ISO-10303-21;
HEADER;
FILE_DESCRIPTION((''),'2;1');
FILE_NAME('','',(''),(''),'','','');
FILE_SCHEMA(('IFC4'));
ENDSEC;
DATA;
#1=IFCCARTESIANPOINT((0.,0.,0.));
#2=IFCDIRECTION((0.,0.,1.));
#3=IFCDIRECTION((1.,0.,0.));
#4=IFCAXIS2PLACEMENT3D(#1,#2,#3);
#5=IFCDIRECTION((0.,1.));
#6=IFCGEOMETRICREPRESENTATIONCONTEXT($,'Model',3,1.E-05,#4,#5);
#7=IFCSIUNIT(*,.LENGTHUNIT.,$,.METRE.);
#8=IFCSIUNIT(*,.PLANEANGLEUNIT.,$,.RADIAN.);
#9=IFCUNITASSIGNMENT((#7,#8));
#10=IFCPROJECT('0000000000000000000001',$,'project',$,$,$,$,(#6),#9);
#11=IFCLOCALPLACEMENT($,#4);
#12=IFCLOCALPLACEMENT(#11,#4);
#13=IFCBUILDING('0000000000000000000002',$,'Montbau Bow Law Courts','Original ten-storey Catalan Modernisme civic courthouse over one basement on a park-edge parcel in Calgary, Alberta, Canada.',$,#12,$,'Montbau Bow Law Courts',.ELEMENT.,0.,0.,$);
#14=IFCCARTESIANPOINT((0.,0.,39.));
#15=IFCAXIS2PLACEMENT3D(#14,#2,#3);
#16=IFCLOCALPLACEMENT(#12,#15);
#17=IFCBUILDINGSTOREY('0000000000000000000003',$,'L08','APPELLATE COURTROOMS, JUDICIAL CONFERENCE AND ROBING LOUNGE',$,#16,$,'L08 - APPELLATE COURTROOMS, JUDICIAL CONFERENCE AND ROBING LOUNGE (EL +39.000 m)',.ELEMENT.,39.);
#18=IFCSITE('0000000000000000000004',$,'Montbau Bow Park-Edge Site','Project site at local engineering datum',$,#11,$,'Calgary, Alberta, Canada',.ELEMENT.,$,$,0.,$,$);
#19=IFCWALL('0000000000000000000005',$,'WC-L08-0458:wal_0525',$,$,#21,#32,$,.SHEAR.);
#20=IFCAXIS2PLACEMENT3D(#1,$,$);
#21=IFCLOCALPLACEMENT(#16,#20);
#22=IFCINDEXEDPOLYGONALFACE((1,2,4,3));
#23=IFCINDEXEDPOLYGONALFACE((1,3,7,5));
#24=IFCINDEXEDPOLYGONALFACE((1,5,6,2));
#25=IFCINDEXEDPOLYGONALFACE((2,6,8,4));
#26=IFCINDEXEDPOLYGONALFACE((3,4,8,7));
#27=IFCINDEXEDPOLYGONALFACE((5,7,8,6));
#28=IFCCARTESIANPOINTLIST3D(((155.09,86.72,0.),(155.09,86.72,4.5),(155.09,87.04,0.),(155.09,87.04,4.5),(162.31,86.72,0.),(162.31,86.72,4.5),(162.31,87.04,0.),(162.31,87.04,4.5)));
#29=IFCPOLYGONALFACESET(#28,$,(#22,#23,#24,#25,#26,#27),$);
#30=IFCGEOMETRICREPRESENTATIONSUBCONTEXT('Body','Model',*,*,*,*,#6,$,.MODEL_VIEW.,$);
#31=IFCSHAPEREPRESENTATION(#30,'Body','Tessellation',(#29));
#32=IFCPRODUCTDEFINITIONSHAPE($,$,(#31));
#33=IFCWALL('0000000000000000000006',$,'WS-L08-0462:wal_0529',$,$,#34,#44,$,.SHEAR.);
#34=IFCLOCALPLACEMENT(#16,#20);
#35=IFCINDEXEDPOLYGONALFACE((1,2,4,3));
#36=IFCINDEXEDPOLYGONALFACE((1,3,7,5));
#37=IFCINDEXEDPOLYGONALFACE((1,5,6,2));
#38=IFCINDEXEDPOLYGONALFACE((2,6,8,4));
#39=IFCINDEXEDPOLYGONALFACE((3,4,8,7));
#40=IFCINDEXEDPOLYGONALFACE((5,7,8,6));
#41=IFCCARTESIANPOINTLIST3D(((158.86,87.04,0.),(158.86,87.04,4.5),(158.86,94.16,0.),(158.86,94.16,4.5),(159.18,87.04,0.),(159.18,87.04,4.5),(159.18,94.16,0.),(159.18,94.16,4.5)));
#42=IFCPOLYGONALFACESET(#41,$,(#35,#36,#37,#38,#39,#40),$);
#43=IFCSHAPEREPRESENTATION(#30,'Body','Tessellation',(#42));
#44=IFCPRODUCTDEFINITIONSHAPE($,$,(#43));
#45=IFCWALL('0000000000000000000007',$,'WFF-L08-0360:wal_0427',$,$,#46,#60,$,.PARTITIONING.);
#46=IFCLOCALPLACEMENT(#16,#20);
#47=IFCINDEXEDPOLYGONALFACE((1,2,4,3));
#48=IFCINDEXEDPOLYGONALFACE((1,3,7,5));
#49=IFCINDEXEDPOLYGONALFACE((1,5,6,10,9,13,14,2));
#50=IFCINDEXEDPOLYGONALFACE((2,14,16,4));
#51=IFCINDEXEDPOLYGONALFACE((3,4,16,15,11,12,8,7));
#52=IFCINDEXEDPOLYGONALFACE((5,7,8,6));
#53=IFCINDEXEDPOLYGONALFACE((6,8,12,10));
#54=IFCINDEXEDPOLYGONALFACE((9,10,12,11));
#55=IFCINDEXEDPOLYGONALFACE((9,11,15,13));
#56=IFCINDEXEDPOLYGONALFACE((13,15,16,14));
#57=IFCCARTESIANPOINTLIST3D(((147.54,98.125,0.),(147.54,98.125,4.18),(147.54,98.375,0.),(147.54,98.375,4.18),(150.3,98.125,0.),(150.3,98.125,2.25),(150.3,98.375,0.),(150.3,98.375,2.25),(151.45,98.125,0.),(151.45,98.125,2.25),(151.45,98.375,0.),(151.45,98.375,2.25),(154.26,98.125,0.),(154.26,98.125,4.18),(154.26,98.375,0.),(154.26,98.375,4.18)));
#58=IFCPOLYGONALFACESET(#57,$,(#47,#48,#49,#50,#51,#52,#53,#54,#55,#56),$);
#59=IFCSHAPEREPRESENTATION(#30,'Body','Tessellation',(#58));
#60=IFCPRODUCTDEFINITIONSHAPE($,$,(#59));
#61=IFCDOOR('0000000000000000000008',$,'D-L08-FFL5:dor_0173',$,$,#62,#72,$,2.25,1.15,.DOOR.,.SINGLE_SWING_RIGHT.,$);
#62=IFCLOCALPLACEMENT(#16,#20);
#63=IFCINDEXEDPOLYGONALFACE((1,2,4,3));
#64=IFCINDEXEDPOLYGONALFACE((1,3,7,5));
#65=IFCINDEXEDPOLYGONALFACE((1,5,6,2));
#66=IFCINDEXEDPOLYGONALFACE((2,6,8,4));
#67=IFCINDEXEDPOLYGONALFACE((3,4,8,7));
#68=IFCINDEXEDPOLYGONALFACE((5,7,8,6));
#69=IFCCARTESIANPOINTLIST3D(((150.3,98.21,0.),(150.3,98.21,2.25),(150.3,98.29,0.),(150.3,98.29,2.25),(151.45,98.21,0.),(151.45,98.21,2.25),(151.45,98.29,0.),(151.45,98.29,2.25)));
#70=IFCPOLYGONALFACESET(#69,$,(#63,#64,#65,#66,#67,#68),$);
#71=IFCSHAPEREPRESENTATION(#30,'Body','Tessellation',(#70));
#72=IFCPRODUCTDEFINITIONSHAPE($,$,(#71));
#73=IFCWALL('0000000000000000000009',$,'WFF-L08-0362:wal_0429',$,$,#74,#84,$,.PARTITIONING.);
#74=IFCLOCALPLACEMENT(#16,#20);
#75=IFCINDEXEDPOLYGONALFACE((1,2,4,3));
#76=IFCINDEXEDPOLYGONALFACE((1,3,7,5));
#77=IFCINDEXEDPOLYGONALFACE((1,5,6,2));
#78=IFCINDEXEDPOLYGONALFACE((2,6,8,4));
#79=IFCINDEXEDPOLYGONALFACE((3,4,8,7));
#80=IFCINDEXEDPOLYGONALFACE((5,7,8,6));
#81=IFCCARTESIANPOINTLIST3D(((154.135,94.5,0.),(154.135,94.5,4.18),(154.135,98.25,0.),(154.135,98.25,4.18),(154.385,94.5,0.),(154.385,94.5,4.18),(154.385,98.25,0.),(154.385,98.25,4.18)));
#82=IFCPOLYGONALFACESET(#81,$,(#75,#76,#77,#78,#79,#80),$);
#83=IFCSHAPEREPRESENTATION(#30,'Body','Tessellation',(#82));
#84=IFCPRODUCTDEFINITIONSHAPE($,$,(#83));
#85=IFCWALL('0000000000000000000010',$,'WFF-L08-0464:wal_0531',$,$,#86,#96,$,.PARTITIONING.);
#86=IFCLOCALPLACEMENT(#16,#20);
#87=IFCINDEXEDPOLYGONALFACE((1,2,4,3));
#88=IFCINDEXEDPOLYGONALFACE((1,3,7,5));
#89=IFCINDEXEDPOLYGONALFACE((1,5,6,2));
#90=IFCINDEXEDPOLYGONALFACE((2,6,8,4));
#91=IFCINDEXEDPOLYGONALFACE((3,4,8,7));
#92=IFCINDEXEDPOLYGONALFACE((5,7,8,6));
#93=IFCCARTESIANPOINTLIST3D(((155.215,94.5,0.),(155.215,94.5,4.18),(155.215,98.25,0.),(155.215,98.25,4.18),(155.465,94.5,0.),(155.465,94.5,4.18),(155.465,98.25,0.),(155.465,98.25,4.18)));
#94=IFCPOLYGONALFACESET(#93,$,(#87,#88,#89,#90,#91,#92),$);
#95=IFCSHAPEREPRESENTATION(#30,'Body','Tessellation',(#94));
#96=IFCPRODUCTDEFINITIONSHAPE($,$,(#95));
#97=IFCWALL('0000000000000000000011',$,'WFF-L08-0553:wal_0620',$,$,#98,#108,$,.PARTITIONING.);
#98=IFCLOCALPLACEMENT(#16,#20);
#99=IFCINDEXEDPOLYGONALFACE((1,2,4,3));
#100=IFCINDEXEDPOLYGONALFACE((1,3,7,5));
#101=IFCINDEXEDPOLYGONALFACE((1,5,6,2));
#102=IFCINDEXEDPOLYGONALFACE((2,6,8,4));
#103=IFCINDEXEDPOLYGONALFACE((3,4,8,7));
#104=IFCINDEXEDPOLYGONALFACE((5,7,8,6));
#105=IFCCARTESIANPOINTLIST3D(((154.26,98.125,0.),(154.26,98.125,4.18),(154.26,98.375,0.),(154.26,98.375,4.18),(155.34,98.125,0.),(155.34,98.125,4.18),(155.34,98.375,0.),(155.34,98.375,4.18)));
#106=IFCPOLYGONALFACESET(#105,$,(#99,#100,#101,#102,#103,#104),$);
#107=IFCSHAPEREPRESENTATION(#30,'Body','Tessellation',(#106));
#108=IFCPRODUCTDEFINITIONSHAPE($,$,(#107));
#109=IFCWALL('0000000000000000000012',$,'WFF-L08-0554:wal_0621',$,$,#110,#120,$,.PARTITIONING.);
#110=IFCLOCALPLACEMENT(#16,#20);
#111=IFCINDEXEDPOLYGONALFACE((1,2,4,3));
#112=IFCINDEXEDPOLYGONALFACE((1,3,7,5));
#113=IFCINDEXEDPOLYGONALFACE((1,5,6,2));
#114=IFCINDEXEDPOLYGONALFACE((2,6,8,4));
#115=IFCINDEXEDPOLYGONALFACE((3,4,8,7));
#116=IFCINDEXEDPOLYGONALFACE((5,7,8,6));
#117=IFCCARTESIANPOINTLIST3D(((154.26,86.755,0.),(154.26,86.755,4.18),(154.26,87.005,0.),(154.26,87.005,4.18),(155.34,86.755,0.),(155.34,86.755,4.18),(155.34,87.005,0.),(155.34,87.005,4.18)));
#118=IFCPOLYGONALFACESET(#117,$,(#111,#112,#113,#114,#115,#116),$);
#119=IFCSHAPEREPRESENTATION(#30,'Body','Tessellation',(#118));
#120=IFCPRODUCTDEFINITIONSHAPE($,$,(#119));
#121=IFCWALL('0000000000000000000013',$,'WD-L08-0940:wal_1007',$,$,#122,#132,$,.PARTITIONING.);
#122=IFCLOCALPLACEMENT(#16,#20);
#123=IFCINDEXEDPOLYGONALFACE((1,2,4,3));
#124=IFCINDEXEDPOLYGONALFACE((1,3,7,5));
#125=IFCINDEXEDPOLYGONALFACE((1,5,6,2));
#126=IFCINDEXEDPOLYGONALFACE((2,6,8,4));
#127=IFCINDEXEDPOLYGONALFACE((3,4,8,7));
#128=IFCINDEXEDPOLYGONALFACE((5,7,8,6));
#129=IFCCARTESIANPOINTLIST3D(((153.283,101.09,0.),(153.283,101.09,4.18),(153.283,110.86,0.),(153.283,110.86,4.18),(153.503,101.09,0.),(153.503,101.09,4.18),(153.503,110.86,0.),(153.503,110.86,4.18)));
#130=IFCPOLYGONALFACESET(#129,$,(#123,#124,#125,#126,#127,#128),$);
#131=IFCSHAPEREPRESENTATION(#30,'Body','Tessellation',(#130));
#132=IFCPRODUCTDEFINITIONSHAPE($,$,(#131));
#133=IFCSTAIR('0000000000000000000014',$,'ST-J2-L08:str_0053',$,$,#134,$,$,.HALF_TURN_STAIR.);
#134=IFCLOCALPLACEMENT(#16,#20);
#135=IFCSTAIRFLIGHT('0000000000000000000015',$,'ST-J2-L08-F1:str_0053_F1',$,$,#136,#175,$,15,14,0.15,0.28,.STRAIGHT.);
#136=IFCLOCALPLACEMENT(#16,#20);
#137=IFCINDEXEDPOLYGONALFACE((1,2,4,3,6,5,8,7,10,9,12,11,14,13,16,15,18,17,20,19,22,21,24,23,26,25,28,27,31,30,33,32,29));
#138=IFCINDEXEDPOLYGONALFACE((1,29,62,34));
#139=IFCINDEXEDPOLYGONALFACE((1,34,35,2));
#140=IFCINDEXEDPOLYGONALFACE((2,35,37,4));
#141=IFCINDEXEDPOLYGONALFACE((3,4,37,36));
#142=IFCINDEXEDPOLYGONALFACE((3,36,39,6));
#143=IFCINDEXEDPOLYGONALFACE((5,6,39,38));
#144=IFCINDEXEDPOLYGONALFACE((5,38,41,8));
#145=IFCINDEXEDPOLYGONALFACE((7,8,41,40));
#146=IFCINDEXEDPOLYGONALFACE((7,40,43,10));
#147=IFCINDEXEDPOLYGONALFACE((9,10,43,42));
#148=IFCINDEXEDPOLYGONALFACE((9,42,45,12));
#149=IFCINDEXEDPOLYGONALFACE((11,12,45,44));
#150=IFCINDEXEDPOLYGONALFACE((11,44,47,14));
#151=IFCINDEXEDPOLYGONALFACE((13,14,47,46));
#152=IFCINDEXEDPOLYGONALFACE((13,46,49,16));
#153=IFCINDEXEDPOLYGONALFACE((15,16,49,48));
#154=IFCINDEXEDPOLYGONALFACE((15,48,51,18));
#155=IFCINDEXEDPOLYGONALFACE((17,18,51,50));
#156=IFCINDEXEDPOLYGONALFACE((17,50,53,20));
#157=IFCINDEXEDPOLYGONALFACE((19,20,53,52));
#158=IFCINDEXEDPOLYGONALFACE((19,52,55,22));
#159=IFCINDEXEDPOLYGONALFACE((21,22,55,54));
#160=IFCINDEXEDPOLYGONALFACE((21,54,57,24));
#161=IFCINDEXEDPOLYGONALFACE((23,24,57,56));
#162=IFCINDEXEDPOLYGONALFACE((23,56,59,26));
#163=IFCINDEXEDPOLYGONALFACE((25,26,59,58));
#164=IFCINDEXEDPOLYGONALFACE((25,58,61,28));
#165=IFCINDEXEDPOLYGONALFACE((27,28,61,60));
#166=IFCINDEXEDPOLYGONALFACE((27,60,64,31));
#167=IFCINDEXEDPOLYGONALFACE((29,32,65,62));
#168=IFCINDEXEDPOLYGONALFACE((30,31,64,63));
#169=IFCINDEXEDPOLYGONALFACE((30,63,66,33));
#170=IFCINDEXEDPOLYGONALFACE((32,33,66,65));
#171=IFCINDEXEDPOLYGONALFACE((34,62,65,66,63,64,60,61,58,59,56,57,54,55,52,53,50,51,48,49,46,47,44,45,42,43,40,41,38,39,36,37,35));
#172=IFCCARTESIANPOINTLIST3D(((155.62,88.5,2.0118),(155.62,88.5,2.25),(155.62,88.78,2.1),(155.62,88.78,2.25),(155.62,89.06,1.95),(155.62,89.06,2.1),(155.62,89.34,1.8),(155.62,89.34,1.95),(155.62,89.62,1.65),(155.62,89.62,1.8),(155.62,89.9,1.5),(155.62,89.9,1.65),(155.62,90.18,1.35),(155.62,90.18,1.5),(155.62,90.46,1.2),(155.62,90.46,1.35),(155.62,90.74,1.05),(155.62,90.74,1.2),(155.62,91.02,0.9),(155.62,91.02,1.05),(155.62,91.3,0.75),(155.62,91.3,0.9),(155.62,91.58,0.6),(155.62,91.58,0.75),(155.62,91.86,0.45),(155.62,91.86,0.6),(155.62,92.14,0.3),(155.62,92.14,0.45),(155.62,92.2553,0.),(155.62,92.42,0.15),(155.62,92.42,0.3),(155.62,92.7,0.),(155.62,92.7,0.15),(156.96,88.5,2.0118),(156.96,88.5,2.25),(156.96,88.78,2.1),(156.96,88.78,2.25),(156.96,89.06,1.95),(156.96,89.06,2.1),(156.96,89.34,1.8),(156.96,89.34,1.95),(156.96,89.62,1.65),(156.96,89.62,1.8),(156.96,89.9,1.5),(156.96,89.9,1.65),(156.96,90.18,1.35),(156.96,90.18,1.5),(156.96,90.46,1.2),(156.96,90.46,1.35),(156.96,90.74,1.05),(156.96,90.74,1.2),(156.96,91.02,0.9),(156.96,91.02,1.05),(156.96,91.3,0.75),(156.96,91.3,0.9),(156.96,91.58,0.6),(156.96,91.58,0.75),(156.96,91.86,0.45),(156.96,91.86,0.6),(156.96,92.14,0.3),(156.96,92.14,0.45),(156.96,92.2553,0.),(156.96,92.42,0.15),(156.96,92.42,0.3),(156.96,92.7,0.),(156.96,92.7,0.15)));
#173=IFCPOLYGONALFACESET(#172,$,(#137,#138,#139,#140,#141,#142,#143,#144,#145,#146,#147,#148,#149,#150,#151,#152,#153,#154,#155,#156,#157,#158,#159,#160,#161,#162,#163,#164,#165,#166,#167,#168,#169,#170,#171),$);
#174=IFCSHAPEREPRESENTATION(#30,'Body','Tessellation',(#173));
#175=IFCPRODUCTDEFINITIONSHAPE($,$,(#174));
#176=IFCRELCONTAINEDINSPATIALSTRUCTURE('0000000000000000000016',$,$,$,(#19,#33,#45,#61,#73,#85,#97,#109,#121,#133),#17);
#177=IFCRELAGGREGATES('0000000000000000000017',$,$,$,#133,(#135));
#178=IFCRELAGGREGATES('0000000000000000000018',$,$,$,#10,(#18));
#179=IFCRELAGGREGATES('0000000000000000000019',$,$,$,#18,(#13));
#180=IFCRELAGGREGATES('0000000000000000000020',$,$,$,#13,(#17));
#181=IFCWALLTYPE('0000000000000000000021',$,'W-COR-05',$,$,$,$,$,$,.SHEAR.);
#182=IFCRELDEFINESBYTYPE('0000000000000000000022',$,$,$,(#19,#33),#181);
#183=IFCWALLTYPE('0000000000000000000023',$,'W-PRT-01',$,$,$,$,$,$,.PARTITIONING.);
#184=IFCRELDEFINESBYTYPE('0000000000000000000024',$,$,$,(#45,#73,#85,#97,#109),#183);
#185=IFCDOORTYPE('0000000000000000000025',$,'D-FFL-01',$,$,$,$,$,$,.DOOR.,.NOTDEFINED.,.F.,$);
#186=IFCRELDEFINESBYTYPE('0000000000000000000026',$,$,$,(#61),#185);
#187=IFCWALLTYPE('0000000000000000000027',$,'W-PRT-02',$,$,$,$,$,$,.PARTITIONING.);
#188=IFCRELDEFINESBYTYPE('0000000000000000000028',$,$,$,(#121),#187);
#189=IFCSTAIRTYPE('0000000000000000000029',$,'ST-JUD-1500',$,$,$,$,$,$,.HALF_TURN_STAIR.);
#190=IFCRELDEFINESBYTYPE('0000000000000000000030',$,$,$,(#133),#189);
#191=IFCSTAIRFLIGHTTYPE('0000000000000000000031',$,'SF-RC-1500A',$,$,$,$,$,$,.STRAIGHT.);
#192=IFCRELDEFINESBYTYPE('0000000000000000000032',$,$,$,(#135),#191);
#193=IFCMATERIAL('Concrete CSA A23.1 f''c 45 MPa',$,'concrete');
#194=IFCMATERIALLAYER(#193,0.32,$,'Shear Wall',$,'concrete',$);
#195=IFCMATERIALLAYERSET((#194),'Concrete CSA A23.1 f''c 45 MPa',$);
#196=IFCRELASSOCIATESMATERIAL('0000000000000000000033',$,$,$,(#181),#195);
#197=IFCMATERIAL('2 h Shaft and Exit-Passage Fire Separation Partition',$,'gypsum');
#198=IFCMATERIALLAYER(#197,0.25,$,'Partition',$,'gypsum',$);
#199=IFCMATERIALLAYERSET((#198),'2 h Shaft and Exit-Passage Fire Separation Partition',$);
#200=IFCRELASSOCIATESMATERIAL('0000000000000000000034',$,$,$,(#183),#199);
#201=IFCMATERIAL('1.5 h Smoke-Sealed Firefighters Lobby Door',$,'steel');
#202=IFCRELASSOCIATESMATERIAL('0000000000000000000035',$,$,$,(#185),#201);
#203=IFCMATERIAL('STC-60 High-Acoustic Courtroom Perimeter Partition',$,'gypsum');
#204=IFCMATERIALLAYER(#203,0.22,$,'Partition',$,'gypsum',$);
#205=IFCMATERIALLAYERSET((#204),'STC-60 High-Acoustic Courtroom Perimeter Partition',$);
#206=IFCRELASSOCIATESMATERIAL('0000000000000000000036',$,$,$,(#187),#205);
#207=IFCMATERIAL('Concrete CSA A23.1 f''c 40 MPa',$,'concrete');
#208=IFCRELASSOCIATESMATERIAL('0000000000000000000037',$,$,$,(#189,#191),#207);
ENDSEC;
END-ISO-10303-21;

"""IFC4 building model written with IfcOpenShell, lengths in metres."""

from ifc_helpers import new_model, si_unit, direction, frame, frame_2d, origin_with_axes, place, context, subcontext, project, spatial, polyline, rectangle, outline, extrude, material, layer, layer_set, type_object, element, fill, aggregate, save


model = new_model("IFC4")

# Units and contexts
model_context = context("Model", 3, precision=1e-05, world=origin_with_axes(), true_north=direction((0.0, 1.0)))
body_context = subcontext(model_context, "Body", "Model", "MODEL_VIEW")
ifc_project = project(units=[si_unit("LENGTHUNIT", "METRE"), si_unit("PLANEANGLEUNIT", "RADIAN")], contexts=[model_context])

# Site, building, storey
site_placement = place(None, origin_with_axes())
site = spatial("IfcSite", under=ifc_project, at=site_placement, Name="Montbau Bow Park-Edge Site", Description="Project site at local engineering datum", LongName="Calgary, Alberta, Canada", CompositionType="ELEMENT", RefElevation=0.0)
building_placement = place(site_placement, origin_with_axes())
building = spatial("IfcBuilding", under=site, at=building_placement, Name="Montbau Bow Law Courts", Description="Original ten-storey Catalan Modernisme civic courthouse over one basement on a park-edge parcel in Calgary, Alberta, Canada.", LongName="Montbau Bow Law Courts", CompositionType="ELEMENT", ElevationOfRefHeight=0.0, ElevationOfTerrain=0.0)
storey_placement = place(building_placement, frame((0.0, 0.0, 39.0), z_axis=(0.0, 0.0, 1.0), x_axis=(1.0, 0.0, 0.0)))
storey = spatial("IfcBuildingStorey", under=building, at=storey_placement, Name="L08", Description="APPELLATE COURTROOMS, JUDICIAL CONFERENCE AND ROBING LOUNGE", LongName="L08 - APPELLATE COURTROOMS, JUDICIAL CONFERENCE AND ROBING LOUNGE (EL +39.000 m)", CompositionType="ELEMENT", Elevation=39.0)

# Shared definitions
ifc_material_1 = material(Name="Concrete CSA A23.1 f'c 45 MPa", Category="concrete")

# Shared definitions
ifc_layer_1 = layer(ifc_material_1, 0.32, Name="Shear Wall", Category="concrete")
ifc_layer_set_1 = layer_set([ifc_layer_1], Name="Concrete CSA A23.1 f'c 45 MPa")
wall_type_1 = type_object("IfcWallType", Name="W-COR-05", PredefinedType="SHEAR", material=ifc_layer_set_1)

# Walls
wall_1_placement = place(None, frame((155.09, 86.88, 39.0), z_axis=(0.0, 0.0, 1.0), x_axis=(1.0, 0.0, 0.0)))
element("IfcWall", 1, at=wall_1_placement, inside=storey, type_object=wall_type_1, Name="WC-L08-0458:wal_0525", PredefinedType="SHEAR", context=body_context, shape_type="SweptSolid", body=[
    extrude(rectangle(XDim=7.22, YDim=0.32, at=frame_2d((3.61, 0.0), x_axis=(1.0, 0.0))), origin_with_axes(), (0.0, 0.0, 1.0), 4.5),
])
wall_2_placement = place(None, frame((159.02, 87.04, 39.0), z_axis=(0.0, 0.0, 1.0), x_axis=(0.0, 1.0, 0.0)))
element("IfcWall", 2, at=wall_2_placement, inside=storey, type_object=wall_type_1, Name="WS-L08-0462:wal_0529", PredefinedType="SHEAR", context=body_context, shape_type="SweptSolid", body=[
    extrude(rectangle(XDim=7.12, YDim=0.32, at=frame_2d((3.56, 0.0), x_axis=(1.0, 0.0))), origin_with_axes(), (0.0, 0.0, 1.0), 4.5),
])

# Wall, opening, door
ifc_material_2 = material(Name="2 h Shaft and Exit-Passage Fire Separation Partition", Category="gypsum")
ifc_layer_2 = layer(ifc_material_2, 0.25, Name="Partition", Category="gypsum")
ifc_layer_set_2 = layer_set([ifc_layer_2], Name="2 h Shaft and Exit-Passage Fire Separation Partition")
wall_type_2 = type_object("IfcWallType", Name="W-PRT-01", PredefinedType="PARTITIONING", material=ifc_layer_set_2)
wall_3_placement = place(None, frame((154.26, 98.25, 39.0), z_axis=(0.0, 0.0, 1.0), x_axis=(-1.0, 0.0, 0.0)))
wall_3 = element("IfcWall", 3, at=wall_3_placement, inside=storey, type_object=wall_type_2, Name="WFF-L08-0360:wal_0427", PredefinedType="PARTITIONING", context=body_context, shape_type="SweptSolid", body=[
    extrude(rectangle(XDim=6.72, YDim=0.25, at=frame_2d((3.36, 0.0), x_axis=(1.0, 0.0))), origin_with_axes(), (0.0, 0.0, 1.0), 4.18),
])
opening_1_placement = place(None, frame((150.875, 98.25, 39.0), z_axis=(0.0, 0.0, 1.0), x_axis=(-1.0, 0.0, 0.0)))
opening_1 = element("IfcOpeningElement", 4, at=opening_1_placement, cuts=wall_3, PredefinedType="OPENING", context=body_context, shape_type="SweptSolid", body=[
    extrude(rectangle(XDim=1.15, YDim=2.25, at=frame_2d((0.0, 1.125), x_axis=(1.0, 0.0))), frame((0.0, 0.135, 0.0), z_axis=(0.0, -1.0, 0.0), x_axis=(1.0, 0.0, 0.0)), (0.0, 0.0, 1.0), 0.27),
])
ifc_material_3 = material(Name="1.5 h Smoke-Sealed Firefighters Lobby Door", Category="steel")
door_type_1 = type_object("IfcDoorType", Name="D-FFL-01", OperationType="NOTDEFINED", ParameterTakesPrecedence=False, PredefinedType="DOOR", material=ifc_material_3)
door_1_placement = place(None, frame((150.875, 98.25, 39.0), z_axis=(0.0, 0.0, 1.0), x_axis=(1.0, 0.0, 0.0)))
door_1 = element("IfcDoor", 5, at=door_1_placement, inside=storey, type_object=door_type_1, Name="D-L08-FFL5:dor_0173", OperationType="SINGLE_SWING_RIGHT", OverallHeight=2.25, OverallWidth=1.15, PredefinedType="DOOR", context=body_context, shape_type="SweptSolid", body=[
    extrude(rectangle(XDim=1.15, YDim=2.25, at=frame_2d((0.0, 1.125), x_axis=(1.0, 0.0))), frame((0.0, 0.04, 0.0), z_axis=(0.0, -1.0, 0.0), x_axis=(1.0, 0.0, 0.0)), (0.0, 0.0, 1.0), 0.08),
])
fill(opening_1, door_1)

# Walls
for number, where, z_axis, x_axis, name in (
    (6, (154.26, 94.5, 39.0), (0.0, 0.0, 1.0), (0.0, 1.0, 0.0), "WFF-L08-0362:wal_0429"),
    (7, (155.34, 94.5, 39.0), (0.0, 0.0, 1.0), (0.0, 1.0, 0.0), "WFF-L08-0464:wal_0531"),
):
    element("IfcWall", number, at=place(None, frame(where, z_axis=z_axis, x_axis=x_axis)), inside=storey, type_object=wall_type_2, Name=name, PredefinedType="PARTITIONING", context=body_context, shape_type="SweptSolid", body=[
        extrude(rectangle(XDim=3.75, YDim=0.25, at=frame_2d((1.875, 0.0), x_axis=(1.0, 0.0))), origin_with_axes(), (0.0, 0.0, 1.0), 4.18),
    ])
for number, where, z_axis, x_axis, name in (
    (8, (154.26, 98.25, 39.0), (0.0, 0.0, 1.0), (1.0, 0.0, 0.0), "WFF-L08-0553:wal_0620"),
    (9, (154.26, 86.88, 39.0), (0.0, 0.0, 1.0), (1.0, 0.0, 0.0), "WFF-L08-0554:wal_0621"),
):
    element("IfcWall", number, at=place(None, frame(where, z_axis=z_axis, x_axis=x_axis)), inside=storey, type_object=wall_type_2, Name=name, PredefinedType="PARTITIONING", context=body_context, shape_type="SweptSolid", body=[
        extrude(rectangle(XDim=1.08, YDim=0.25, at=frame_2d((0.54, 0.0), x_axis=(1.0, 0.0))), origin_with_axes(), (0.0, 0.0, 1.0), 4.18),
    ])
ifc_material_4 = material(Name="STC-60 High-Acoustic Courtroom Perimeter Partition", Category="gypsum")
ifc_layer_3 = layer(ifc_material_4, 0.22, Name="Partition", Category="gypsum")
ifc_layer_set_3 = layer_set([ifc_layer_3], Name="STC-60 High-Acoustic Courtroom Perimeter Partition")
wall_type_3 = type_object("IfcWallType", Name="W-PRT-02", PredefinedType="PARTITIONING", material=ifc_layer_set_3)
wall_4_placement = place(None, frame((153.393, 101.09, 39.0), z_axis=(0.0, 0.0, 1.0), x_axis=(0.0, 1.0, 0.0)))
element("IfcWall", 10, at=wall_4_placement, inside=storey, type_object=wall_type_3, Name="WD-L08-0940:wal_1007", PredefinedType="PARTITIONING", context=body_context, shape_type="SweptSolid", body=[
    extrude(rectangle(XDim=9.77, YDim=0.22, at=frame_2d((4.885, 0.0), x_axis=(1.0, 0.0))), origin_with_axes(), (0.0, 0.0, 1.0), 4.18),
])

# Stair, stair flight
ifc_material_5 = material(Name="Concrete CSA A23.1 f'c 40 MPa", Category="concrete")
stair_type = type_object("IfcStairType", Name="ST-JUD-1500", PredefinedType="HALF_TURN_STAIR", material=ifc_material_5)
stair_placement = place(None, frame((156.29, 92.7, 39.0), z_axis=(0.0, 0.0, 1.0), x_axis=(1.0, 0.0, 0.0)))
stair = element("IfcStair", 11, at=stair_placement, inside=storey, type_object=stair_type, Name="ST-J2-L08:str_0053", PredefinedType="HALF_TURN_STAIR")
stair_flight_type = type_object("IfcStairFlightType", Name="SF-RC-1500A", PredefinedType="STRAIGHT", material=ifc_material_5)
stair_flight_1_placement = place(None, frame((156.29, 92.7, 39.0), z_axis=(0.0, 0.0, 1.0), x_axis=(0.0, -1.0, 0.0)))
stair_flight_1 = element("IfcStairFlight", 12, at=stair_flight_1_placement, type_object=stair_flight_type, Name="ST-J2-L08-F1:str_0053_F1", NumberOfRisers=15, NumberOfTreads=14, PredefinedType="STRAIGHT", RiserHeight=0.15, TreadLength=0.28, context=body_context, shape_type="SweptSolid", body=[
    extrude(outline(polyline([(0.0, 0.0), (0.0, 0.15), (0.28, 0.15), (0.28, 0.3), (0.56, 0.3), (0.56, 0.45), (0.84, 0.45), (0.84, 0.6), (1.12, 0.6), (1.12, 0.75), (1.4, 0.75), (1.4, 0.9), (1.68, 0.9), (1.68, 1.05), (1.96, 1.05), (1.96, 1.2), (2.24, 1.2), (2.24, 1.35), (2.52, 1.35), (2.52, 1.5), (2.8, 1.5), (2.8, 1.65), (3.08, 1.65), (3.08, 1.8), (3.36, 1.8), (3.36, 1.95), (3.64, 1.95), (3.64, 2.1), (3.92, 2.1), (3.92, 2.25), (4.2, 2.25), (4.2, 2.0118), (0.4447, 0.0), (0.0, 0.0)])), frame((0.0, 0.67, 0.0), z_axis=(0.0, -1.0, 0.0), x_axis=(1.0, 0.0, 0.0)), (0.0, 0.0, 1.0), 1.34),
])
aggregate(stair, [stair_flight_1])

save(model, "model.ifc")
